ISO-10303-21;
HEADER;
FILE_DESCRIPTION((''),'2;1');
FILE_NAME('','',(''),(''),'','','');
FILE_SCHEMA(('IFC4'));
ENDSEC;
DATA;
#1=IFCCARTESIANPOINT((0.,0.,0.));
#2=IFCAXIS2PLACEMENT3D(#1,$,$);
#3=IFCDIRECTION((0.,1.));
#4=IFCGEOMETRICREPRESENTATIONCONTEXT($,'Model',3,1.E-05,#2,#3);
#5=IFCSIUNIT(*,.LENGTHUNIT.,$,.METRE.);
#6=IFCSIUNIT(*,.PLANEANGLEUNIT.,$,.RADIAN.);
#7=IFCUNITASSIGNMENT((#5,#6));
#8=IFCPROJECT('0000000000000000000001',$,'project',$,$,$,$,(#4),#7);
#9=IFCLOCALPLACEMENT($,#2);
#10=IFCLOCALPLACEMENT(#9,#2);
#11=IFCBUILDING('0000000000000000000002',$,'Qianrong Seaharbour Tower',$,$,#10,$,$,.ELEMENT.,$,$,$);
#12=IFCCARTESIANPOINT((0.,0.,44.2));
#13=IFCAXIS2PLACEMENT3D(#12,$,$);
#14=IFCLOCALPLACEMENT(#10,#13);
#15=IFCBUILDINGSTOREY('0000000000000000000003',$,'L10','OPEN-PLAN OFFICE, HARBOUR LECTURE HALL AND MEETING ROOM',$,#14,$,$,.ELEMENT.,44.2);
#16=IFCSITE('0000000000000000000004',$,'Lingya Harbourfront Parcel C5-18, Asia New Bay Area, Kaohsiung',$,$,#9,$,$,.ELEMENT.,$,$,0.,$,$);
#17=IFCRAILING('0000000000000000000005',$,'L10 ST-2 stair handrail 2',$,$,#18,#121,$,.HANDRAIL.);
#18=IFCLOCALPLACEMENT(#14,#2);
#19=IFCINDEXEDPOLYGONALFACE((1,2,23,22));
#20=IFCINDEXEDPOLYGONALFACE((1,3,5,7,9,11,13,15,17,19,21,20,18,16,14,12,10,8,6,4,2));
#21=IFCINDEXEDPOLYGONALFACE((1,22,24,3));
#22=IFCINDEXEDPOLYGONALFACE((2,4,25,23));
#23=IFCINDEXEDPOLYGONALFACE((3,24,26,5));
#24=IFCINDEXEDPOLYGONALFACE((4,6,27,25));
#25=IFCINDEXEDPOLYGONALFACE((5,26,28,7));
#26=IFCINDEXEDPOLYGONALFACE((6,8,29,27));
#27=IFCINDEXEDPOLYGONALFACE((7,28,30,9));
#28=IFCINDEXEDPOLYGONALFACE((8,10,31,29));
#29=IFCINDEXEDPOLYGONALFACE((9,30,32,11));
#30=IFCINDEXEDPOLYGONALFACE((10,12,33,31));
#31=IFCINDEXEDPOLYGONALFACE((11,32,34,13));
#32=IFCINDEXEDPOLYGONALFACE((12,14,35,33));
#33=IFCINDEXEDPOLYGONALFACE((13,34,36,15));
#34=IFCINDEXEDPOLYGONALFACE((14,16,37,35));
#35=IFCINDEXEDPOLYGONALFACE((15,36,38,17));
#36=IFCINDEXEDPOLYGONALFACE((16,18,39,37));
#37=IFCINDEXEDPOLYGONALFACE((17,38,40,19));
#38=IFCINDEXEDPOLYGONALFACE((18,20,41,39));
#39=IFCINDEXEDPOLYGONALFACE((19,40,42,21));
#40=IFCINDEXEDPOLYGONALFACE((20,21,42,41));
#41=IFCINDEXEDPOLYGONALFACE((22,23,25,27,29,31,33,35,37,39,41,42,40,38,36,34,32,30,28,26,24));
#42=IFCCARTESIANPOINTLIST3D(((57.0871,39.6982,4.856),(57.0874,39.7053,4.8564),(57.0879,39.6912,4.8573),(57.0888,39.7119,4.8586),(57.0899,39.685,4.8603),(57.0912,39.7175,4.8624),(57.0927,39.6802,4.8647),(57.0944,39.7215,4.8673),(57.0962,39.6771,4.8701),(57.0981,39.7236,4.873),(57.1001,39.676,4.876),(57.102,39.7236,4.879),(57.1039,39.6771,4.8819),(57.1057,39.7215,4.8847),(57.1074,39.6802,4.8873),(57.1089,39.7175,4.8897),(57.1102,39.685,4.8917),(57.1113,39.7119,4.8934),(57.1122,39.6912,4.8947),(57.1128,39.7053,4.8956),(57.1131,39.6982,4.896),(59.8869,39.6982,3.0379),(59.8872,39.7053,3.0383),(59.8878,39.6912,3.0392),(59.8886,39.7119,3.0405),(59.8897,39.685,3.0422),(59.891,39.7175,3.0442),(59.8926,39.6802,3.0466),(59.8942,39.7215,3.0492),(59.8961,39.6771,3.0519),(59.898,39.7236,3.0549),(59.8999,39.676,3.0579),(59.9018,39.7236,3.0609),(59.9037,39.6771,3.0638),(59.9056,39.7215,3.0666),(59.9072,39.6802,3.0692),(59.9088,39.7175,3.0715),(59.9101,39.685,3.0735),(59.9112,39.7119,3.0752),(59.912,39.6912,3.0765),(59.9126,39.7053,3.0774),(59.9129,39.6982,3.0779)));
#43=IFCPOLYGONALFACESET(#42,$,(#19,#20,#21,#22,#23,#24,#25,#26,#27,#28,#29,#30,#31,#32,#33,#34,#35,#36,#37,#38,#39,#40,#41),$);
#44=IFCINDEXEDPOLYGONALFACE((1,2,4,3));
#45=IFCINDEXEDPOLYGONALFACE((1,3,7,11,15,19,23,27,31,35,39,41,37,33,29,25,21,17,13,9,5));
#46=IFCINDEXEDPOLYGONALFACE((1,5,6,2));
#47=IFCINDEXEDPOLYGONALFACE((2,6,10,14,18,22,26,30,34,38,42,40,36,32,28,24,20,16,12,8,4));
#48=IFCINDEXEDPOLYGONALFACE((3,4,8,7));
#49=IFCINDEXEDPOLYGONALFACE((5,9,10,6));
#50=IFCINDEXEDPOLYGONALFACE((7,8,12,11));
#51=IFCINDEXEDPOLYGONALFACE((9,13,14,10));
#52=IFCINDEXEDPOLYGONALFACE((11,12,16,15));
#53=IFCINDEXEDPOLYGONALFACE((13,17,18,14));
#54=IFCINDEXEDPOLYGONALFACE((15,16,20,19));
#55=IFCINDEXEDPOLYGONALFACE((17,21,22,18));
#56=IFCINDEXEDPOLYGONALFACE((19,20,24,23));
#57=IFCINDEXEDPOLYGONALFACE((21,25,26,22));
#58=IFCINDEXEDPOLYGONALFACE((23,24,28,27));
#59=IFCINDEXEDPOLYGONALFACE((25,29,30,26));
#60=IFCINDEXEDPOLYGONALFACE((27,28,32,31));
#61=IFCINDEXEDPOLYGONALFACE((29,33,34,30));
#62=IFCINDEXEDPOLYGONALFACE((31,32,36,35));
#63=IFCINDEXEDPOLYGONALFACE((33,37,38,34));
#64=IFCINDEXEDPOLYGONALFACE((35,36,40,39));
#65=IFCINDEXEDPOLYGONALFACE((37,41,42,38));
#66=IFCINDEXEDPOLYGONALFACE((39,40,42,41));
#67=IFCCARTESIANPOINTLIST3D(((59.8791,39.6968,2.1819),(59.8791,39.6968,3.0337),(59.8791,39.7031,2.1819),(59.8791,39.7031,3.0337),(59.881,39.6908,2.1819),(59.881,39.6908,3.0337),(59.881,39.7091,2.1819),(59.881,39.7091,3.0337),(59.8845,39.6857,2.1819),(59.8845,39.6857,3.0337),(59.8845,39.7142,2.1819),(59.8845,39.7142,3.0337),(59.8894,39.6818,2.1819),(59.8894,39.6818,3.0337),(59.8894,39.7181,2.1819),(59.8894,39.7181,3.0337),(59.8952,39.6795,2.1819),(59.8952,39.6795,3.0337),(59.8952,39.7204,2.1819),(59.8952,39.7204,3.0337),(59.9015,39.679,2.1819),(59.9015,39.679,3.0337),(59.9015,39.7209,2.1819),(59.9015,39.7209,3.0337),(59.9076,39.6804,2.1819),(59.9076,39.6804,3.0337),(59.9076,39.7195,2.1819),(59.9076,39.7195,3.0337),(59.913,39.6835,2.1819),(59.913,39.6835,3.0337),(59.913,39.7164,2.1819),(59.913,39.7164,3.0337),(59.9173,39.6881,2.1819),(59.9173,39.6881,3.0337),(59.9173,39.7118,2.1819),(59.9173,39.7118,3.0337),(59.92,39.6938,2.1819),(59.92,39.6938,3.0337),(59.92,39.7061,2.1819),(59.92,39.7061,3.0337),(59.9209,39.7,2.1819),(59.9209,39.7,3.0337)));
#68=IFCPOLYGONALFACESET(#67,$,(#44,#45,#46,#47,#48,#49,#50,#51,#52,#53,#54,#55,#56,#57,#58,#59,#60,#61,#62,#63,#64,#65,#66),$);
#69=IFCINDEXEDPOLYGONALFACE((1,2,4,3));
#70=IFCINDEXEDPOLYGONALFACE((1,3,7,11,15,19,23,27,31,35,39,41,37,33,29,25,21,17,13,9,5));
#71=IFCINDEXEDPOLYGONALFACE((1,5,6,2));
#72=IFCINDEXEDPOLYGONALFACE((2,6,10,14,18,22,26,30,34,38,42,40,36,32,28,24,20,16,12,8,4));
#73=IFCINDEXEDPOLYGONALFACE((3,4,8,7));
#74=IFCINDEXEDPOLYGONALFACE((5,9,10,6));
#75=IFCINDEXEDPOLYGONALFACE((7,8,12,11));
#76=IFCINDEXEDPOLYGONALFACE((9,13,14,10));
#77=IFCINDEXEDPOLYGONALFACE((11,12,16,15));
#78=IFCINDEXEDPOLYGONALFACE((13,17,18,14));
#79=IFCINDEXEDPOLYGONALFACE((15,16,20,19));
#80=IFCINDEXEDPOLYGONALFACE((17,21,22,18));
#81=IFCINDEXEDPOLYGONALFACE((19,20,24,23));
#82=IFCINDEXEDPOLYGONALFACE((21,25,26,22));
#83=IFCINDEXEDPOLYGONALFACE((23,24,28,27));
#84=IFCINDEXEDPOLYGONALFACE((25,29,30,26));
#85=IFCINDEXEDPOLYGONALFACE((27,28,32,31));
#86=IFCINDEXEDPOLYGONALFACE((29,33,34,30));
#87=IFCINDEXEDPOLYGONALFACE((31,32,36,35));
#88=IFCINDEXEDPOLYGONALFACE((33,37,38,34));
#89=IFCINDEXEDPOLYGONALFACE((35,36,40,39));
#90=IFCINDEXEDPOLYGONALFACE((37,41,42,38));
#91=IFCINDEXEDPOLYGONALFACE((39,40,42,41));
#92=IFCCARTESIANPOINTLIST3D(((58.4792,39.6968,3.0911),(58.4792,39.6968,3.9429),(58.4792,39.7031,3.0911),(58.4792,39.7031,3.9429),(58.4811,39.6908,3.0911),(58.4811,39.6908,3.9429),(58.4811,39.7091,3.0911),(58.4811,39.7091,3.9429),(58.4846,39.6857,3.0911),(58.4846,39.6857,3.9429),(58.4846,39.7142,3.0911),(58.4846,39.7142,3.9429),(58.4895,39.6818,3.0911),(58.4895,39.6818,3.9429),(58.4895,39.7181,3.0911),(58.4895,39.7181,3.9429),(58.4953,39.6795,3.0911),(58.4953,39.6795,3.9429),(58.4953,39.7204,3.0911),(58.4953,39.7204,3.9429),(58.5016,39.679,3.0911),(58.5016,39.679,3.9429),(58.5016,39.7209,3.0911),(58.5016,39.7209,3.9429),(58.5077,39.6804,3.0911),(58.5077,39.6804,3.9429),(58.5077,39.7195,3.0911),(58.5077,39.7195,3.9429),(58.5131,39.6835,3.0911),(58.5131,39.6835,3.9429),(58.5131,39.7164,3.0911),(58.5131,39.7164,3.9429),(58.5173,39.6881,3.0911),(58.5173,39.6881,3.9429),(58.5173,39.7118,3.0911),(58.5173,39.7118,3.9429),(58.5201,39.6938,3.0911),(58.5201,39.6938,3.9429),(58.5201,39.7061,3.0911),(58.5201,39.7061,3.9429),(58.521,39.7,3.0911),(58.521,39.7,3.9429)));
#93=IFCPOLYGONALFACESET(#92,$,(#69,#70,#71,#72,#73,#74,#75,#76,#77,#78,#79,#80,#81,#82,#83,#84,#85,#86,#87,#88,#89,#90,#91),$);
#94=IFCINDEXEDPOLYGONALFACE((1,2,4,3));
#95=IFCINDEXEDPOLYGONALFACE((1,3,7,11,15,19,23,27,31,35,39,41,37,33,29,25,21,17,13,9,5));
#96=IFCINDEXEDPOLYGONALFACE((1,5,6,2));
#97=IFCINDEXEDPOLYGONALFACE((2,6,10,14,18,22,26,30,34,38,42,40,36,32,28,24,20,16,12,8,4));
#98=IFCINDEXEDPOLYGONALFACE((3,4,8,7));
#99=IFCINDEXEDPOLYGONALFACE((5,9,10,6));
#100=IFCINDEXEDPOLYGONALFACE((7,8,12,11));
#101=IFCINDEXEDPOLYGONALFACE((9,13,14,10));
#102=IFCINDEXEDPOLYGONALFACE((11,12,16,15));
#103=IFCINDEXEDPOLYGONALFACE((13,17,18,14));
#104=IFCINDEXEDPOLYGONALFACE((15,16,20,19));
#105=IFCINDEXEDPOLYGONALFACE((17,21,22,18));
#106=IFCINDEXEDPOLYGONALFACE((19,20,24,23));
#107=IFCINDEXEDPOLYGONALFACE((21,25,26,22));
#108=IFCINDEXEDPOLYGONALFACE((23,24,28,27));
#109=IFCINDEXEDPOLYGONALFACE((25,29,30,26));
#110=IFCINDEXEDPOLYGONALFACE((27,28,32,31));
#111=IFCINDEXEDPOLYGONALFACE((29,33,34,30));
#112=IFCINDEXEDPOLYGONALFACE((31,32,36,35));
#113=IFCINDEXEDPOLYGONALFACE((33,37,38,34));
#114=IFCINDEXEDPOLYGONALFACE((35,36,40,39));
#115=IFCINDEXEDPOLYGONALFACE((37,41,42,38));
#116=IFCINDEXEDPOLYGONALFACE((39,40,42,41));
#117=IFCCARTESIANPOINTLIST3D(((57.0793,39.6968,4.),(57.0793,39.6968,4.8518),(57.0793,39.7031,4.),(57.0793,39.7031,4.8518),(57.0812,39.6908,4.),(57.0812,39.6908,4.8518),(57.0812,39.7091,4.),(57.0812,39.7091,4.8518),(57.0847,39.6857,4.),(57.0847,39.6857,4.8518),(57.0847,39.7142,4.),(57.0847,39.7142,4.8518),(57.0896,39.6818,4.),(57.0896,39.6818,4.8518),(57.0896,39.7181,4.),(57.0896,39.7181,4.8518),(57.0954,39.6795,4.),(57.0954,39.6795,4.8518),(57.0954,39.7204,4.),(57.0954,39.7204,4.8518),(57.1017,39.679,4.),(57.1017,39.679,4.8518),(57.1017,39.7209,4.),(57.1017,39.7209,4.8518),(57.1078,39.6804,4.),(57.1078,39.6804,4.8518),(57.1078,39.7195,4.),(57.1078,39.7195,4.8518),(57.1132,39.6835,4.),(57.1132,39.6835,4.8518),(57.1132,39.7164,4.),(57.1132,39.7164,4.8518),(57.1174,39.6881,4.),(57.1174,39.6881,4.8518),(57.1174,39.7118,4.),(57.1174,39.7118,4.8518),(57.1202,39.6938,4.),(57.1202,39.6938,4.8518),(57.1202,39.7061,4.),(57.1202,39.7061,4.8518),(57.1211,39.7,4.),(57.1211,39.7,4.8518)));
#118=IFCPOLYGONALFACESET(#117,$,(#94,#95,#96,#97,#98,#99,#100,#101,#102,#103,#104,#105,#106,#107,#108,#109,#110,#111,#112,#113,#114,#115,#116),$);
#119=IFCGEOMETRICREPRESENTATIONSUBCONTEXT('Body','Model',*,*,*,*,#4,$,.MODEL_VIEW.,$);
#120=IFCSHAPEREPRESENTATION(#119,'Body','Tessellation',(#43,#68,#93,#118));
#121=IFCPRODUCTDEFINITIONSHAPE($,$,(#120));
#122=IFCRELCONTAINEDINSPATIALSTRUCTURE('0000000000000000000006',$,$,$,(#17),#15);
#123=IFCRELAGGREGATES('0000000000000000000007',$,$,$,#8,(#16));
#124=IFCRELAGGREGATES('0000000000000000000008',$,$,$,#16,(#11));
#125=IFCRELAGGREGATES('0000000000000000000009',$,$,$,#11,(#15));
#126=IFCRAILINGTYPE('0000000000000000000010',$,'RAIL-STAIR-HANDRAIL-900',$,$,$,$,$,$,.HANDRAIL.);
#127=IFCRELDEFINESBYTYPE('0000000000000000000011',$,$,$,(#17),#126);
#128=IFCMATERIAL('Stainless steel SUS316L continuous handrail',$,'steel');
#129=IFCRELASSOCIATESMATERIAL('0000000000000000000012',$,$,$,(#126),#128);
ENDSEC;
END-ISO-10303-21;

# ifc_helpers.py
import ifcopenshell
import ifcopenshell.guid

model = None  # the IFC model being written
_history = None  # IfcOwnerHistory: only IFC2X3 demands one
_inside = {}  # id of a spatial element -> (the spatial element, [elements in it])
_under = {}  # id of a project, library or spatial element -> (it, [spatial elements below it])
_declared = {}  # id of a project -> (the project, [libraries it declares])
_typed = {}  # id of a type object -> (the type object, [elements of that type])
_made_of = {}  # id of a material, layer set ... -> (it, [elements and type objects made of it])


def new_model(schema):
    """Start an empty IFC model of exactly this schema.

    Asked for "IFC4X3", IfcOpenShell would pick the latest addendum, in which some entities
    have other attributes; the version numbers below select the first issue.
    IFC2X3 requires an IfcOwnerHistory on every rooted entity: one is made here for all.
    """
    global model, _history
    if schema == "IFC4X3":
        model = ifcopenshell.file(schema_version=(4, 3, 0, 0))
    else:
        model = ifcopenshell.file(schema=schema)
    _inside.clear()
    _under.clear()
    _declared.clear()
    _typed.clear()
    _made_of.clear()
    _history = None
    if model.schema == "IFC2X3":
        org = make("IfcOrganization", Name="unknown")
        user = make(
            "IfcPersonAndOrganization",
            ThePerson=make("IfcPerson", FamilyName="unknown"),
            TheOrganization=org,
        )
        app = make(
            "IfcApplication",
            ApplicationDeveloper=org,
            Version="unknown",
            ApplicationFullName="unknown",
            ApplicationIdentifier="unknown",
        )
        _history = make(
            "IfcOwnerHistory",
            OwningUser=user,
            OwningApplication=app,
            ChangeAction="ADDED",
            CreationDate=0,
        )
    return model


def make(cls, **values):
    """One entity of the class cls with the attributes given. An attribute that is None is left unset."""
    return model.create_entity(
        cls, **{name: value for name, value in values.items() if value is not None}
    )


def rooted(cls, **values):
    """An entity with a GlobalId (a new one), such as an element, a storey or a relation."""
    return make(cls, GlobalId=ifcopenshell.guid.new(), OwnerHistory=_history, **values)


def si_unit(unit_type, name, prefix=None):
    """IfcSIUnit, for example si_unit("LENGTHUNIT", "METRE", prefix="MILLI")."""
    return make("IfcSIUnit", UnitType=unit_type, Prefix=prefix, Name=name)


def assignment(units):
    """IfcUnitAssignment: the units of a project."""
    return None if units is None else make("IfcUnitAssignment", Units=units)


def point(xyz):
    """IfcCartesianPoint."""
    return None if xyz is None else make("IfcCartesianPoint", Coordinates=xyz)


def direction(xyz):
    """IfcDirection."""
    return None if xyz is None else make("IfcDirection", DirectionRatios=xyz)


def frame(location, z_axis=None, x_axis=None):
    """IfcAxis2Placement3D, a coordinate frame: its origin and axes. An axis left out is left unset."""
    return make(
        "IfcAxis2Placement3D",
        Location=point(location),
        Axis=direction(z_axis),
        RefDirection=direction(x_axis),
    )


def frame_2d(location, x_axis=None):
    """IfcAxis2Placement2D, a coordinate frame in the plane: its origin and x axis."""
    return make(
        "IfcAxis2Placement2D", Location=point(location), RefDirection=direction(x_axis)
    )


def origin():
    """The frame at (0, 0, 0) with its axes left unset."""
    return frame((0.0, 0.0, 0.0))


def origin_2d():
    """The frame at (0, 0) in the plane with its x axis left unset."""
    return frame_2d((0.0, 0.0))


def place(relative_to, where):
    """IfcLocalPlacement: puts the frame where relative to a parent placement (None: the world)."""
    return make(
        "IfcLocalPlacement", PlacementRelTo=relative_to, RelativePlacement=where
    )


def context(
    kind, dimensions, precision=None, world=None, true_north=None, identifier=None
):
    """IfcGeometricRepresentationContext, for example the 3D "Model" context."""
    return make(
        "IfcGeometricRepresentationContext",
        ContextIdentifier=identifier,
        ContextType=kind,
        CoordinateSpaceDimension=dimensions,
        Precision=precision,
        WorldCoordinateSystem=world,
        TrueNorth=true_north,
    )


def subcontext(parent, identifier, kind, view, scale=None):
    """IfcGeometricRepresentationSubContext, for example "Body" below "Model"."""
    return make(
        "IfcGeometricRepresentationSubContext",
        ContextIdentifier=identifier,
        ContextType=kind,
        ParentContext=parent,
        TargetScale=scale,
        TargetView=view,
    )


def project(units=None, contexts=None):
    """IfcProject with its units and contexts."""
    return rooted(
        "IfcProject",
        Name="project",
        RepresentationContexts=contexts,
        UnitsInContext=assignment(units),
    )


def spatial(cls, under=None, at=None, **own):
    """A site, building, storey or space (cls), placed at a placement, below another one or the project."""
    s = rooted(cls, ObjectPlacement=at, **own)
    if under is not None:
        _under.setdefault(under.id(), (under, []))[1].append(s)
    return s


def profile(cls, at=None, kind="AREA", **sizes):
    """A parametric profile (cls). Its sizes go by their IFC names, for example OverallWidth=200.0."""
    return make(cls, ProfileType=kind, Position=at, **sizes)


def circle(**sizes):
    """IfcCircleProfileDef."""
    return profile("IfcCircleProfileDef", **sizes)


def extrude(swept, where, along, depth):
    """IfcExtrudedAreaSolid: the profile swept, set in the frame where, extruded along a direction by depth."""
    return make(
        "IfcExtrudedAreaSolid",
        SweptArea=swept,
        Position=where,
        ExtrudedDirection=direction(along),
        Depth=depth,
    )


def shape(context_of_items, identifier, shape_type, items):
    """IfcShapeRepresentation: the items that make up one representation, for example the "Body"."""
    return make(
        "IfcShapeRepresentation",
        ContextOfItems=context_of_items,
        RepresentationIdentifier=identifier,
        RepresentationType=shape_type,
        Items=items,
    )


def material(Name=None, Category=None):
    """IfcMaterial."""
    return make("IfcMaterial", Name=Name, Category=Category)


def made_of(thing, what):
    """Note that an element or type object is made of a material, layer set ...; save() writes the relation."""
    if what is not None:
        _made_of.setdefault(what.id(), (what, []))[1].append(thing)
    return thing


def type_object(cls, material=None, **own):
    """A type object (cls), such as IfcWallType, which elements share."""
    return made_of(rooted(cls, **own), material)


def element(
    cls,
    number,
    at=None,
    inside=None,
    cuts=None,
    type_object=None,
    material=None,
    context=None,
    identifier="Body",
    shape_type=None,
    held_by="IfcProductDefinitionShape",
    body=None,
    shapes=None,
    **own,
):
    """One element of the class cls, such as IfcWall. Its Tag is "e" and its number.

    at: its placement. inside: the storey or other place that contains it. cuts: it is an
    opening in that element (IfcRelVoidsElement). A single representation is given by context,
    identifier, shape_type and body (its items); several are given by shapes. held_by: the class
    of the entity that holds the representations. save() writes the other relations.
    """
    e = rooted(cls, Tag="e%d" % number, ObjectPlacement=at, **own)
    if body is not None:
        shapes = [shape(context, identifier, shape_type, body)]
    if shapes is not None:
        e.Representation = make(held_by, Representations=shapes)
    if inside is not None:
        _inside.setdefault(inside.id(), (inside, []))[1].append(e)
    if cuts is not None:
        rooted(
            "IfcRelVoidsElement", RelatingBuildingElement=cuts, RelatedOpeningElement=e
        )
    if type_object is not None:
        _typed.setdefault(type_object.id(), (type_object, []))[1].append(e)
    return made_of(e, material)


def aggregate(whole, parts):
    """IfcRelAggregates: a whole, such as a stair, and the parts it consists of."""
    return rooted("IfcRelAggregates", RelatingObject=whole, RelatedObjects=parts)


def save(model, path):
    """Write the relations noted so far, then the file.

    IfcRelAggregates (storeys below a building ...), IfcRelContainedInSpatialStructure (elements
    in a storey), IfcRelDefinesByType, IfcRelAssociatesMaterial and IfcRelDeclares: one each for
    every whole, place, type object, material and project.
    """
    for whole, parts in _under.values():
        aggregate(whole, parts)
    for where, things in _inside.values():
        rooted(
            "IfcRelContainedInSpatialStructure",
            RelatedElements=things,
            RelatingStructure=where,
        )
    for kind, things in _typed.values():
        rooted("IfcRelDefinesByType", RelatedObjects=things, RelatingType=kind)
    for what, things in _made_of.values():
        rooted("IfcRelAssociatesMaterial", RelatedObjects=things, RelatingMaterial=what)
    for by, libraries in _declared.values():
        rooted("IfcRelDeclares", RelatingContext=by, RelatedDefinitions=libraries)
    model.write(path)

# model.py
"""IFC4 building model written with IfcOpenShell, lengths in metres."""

from ifc_helpers import new_model, si_unit, direction, frame, origin, origin_2d, place, context, subcontext, project, spatial, circle, extrude, material, type_object, element, save


model = new_model("IFC4")

# Units and contexts
model_context = context("Model", 3, precision=1e-05, world=origin(), true_north=direction((0.0, 1.0)))
body_context = subcontext(model_context, "Body", "Model", "MODEL_VIEW")
ifc_project = project(units=[si_unit("LENGTHUNIT", "METRE"), si_unit("PLANEANGLEUNIT", "RADIAN")], contexts=[model_context])

# Site, building, storey
site_placement = place(None, origin())
site = spatial("IfcSite", under=ifc_project, at=site_placement, Name="Lingya Harbourfront Parcel C5-18, Asia New Bay Area, Kaohsiung", CompositionType="ELEMENT", RefElevation=0.0)
building_placement = place(site_placement, origin())
building = spatial("IfcBuilding", under=site, at=building_placement, Name="Qianrong Seaharbour Tower", CompositionType="ELEMENT")
storey_placement = place(building_placement, frame((0.0, 0.0, 44.2)))
storey = spatial("IfcBuildingStorey", under=building, at=storey_placement, Name="L10", Description="OPEN-PLAN OFFICE, HARBOUR LECTURE HALL AND MEETING ROOM", CompositionType="ELEMENT", Elevation=44.2)

# Railing
ifc_material_1 = material(Name="Stainless steel SUS316L continuous handrail", Category="steel")
railing_type_1 = type_object("IfcRailingType", Name="RAIL-STAIR-HANDRAIL-900", PredefinedType="HANDRAIL", material=ifc_material_1)
railing_1_placement = place(storey_placement, frame((59.8999, 39.7, 2.1819)))
element("IfcRailing", 1, at=railing_1_placement, inside=storey, type_object=railing_type_1, Name="L10 ST-2 stair handrail 2", PredefinedType="HANDRAIL", context=body_context, shape_type="SweptSolid", body=[
    extrude(circle(Radius=0.0239, at=origin_2d()), frame((0.0, 0.0, 0.876), z_axis=(-0.838684, 0.0, 0.544618), x_axis=(0.0, -1.0, 0.0)), (0.0, 0.0, 1.0), 3.3384),
    extrude(circle(Radius=0.021, at=origin_2d()), origin(), (0.0, 0.0, 1.0), 0.8518),
    extrude(circle(Radius=0.021, at=origin_2d()), frame((-1.3999, 0.0, 0.9092)), (0.0, 0.0, 1.0), 0.8518),
    extrude(circle(Radius=0.021, at=origin_2d()), frame((-2.7998, 0.0, 1.8181)), (0.0, 0.0, 1.0), 0.8518),
])

save(model, "model.ifc")
